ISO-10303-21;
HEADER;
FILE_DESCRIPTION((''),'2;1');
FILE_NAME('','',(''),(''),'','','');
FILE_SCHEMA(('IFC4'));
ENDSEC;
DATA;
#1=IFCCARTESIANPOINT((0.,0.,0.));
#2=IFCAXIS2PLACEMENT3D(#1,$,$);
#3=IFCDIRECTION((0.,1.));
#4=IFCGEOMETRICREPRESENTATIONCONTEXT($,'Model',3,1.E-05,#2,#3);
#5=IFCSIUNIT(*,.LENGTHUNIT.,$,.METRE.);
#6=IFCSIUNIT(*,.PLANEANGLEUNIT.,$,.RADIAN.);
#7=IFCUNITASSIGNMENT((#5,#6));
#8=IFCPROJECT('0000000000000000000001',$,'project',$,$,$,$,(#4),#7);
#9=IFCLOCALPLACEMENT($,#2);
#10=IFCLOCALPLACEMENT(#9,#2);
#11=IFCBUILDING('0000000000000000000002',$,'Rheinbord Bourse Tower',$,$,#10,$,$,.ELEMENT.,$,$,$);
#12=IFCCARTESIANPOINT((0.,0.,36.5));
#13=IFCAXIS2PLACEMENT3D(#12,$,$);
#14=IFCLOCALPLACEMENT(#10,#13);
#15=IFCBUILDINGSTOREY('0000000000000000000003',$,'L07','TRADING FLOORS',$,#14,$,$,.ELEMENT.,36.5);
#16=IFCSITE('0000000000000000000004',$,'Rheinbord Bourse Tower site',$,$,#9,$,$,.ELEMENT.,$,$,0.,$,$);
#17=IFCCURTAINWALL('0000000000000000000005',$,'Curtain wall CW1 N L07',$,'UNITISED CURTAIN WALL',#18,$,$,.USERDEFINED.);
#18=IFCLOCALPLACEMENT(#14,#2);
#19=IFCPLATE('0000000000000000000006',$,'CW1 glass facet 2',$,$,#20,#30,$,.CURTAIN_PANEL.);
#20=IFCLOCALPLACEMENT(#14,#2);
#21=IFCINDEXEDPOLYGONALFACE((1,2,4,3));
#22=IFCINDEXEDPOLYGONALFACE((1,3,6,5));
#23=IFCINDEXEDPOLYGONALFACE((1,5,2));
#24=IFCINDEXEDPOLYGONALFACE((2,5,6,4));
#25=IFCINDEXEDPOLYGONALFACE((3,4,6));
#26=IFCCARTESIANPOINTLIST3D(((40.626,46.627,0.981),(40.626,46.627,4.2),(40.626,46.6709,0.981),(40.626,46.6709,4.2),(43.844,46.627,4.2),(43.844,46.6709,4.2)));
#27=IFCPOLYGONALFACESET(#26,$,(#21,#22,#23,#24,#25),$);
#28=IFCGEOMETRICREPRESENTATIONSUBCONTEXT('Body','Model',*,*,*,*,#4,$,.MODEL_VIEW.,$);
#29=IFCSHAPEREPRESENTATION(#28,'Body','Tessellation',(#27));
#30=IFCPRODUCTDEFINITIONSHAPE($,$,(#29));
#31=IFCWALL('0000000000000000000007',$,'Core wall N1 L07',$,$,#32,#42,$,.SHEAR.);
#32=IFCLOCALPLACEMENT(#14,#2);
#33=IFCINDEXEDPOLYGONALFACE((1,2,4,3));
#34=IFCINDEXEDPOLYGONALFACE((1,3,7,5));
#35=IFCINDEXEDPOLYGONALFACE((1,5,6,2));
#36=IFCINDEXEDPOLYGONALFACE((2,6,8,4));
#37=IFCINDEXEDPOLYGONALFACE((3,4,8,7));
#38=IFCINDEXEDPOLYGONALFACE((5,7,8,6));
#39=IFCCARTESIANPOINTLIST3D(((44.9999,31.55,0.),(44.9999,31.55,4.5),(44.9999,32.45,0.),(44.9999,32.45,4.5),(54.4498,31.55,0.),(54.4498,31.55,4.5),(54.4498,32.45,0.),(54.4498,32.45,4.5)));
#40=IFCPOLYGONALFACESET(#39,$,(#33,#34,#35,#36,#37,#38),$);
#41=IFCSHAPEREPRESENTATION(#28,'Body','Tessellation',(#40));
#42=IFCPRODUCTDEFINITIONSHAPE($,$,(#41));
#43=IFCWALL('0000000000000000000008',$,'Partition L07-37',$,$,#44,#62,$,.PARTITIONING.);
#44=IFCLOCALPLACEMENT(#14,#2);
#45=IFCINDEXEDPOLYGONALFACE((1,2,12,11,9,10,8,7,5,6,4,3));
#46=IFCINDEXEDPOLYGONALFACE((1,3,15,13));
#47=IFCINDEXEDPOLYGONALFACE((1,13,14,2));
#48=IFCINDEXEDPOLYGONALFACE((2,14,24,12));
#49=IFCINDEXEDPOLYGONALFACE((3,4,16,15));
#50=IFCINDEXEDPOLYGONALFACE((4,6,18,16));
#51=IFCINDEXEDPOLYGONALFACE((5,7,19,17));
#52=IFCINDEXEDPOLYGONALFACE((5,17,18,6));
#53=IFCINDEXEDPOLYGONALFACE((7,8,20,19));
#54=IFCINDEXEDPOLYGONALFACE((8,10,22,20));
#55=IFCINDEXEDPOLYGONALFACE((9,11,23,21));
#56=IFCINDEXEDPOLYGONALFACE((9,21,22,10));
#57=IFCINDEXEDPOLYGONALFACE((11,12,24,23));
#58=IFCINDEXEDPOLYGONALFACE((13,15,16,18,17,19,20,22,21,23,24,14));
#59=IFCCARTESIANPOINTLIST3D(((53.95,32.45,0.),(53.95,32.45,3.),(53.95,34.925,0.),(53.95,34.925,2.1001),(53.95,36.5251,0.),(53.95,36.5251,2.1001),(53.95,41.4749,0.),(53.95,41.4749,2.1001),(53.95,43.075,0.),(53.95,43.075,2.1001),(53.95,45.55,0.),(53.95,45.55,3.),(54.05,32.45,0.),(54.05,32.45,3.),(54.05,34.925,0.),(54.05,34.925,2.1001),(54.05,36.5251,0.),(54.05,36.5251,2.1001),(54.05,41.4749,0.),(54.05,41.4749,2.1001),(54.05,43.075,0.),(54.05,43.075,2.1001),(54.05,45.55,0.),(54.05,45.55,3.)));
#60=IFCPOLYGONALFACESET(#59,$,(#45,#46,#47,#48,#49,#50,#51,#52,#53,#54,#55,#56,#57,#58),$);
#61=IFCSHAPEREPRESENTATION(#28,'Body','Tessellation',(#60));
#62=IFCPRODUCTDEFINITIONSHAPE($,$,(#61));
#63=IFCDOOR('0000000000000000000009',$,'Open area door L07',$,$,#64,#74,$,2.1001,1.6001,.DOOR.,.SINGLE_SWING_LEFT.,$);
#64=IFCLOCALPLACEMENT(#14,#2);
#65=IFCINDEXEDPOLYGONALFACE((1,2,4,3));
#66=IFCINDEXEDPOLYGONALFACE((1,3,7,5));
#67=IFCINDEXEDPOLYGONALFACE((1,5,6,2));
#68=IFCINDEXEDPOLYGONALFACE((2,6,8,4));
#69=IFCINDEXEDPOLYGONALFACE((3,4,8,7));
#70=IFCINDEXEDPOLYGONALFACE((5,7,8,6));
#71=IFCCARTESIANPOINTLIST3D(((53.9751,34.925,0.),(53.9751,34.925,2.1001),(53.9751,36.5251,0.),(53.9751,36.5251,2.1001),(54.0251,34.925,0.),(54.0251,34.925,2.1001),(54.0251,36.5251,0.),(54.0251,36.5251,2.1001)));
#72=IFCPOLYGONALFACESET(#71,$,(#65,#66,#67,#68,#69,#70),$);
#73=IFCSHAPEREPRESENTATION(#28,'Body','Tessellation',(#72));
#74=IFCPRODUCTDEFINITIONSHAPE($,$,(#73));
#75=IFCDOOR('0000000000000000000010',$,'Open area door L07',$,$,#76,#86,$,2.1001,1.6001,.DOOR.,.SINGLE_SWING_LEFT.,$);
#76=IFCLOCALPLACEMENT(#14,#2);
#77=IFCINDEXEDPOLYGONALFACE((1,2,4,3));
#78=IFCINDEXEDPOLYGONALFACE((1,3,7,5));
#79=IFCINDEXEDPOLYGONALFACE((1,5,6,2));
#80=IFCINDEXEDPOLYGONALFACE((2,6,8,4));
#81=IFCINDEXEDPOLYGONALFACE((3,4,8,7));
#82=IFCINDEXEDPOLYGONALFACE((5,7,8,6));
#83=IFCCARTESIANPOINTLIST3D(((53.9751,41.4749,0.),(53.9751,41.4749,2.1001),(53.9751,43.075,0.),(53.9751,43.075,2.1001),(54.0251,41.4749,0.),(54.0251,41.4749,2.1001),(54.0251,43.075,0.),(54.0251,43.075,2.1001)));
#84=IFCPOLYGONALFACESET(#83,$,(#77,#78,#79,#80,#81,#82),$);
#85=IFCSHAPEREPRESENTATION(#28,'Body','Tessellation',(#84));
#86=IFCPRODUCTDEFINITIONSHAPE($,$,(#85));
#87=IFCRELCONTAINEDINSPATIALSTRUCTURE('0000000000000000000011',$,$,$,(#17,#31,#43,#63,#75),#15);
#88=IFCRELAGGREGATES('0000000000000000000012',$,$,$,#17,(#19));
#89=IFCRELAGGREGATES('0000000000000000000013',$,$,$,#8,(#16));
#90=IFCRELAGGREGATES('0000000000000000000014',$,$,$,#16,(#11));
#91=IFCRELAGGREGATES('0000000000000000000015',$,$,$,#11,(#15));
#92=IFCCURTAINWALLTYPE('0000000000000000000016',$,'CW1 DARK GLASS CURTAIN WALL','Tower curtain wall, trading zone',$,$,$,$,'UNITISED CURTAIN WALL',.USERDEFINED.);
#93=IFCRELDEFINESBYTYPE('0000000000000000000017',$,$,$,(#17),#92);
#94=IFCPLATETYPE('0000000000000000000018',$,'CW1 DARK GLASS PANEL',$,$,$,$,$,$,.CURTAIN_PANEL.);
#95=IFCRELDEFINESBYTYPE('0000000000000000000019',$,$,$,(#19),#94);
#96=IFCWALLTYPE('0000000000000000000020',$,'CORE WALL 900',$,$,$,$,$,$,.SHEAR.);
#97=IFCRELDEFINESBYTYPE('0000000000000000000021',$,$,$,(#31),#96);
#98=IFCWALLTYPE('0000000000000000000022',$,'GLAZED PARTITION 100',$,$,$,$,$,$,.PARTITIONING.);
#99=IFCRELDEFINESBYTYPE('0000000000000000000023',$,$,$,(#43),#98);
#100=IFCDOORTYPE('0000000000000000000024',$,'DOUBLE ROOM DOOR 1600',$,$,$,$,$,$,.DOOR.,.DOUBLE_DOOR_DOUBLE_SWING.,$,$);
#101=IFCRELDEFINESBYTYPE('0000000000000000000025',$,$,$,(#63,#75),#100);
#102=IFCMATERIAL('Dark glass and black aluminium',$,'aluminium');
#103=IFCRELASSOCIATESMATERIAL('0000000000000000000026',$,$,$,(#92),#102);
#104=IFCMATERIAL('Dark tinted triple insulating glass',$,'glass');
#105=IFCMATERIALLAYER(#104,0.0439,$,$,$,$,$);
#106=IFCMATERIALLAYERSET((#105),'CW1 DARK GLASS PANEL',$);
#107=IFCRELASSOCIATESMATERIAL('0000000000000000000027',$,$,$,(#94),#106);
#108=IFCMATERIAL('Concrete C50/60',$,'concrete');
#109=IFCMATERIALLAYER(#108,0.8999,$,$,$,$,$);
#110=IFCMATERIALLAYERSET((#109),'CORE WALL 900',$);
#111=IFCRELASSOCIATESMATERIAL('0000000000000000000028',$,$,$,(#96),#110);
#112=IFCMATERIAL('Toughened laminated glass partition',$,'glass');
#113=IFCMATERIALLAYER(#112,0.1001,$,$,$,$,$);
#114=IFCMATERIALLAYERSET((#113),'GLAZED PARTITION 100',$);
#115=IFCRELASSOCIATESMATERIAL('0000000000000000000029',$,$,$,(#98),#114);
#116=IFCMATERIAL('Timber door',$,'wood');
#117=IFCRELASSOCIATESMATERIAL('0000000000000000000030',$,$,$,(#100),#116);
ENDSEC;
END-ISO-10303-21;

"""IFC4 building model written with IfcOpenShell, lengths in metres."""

from ifc_helpers import new_model, si_unit, direction, frame, frame_2d, origin, place, context, subcontext, project, spatial, polyline, rectangle, outline, extrude, material, layer, layer_set, type_object, element, fill, aggregate, save


model = new_model("IFC4")

# Units and contexts
model_context = context("Model", 3, precision=1e-05, world=origin(), true_north=direction((0.0, 1.0)))
body_context = subcontext(model_context, "Body", "Model", "MODEL_VIEW")
ifc_project = project(units=[si_unit("LENGTHUNIT", "METRE"), si_unit("PLANEANGLEUNIT", "RADIAN")], contexts=[model_context])

# Site, building, storey
site_placement = place(None, origin())
site = spatial("IfcSite", under=ifc_project, at=site_placement, Name="Rheinbord Bourse Tower site", CompositionType="ELEMENT", RefElevation=0.0)
building_placement = place(site_placement, origin())
building = spatial("IfcBuilding", under=site, at=building_placement, Name="Rheinbord Bourse Tower", CompositionType="ELEMENT")
storey_placement = place(building_placement, frame((0.0, 0.0, 36.5)))
storey = spatial("IfcBuildingStorey", under=building, at=storey_placement, Name="L07", Description="TRADING FLOORS", CompositionType="ELEMENT", Elevation=36.5)

# Curtain wall
ifc_material_1 = material(Name="Dark glass and black aluminium", Category="aluminium")
curtain_wall_type = type_object("IfcCurtainWallType", Name="CW1 DARK GLASS CURTAIN WALL", Description="Tower curtain wall, trading zone", ElementType="UNITISED CURTAIN WALL", PredefinedType="USERDEFINED", material=ifc_material_1)
curtain_wall_placement = place(storey_placement, origin())
curtain_wall = element("IfcCurtainWall", 1, at=curtain_wall_placement, inside=storey, type_object=curtain_wall_type, Name="Curtain wall CW1 N L07", ObjectType="UNITISED CURTAIN WALL", PredefinedType="USERDEFINED")

# Plate
ifc_material_2 = material(Name="Dark tinted triple insulating glass", Category="glass")
ifc_layer_1 = layer(ifc_material_2, 0.0439)
ifc_layer_set_1 = layer_set([ifc_layer_1], Name="CW1 DARK GLASS PANEL")
plate_type = type_object("IfcPlateType", Name="CW1 DARK GLASS PANEL", PredefinedType="CURTAIN_PANEL", material=ifc_layer_set_1)
plate_1_placement = place(storey_placement, frame((40.626, 46.6709, 4.2), z_axis=(0.0, -1.0, 0.0), x_axis=(0.0, 0.0, -1.0)))
plate_1 = element("IfcPlate", 2, at=plate_1_placement, type_object=plate_type, Name="CW1 glass facet 2", PredefinedType="CURTAIN_PANEL", context=body_context, shape_type="SweptSolid", body=[
    extrude(outline(polyline([(0.0, 0.0), (3.219, 0.0), (0.0, 3.218), (0.0, 0.0)])), origin(), (0.0, 0.0, 1.0), 0.0439),
])
aggregate(curtain_wall, [plate_1])

# Wall
ifc_material_3 = material(Name="Concrete C50/60", Category="concrete")
ifc_layer_2 = layer(ifc_material_3, 0.8999)
ifc_layer_set_2 = layer_set([ifc_layer_2], Name="CORE WALL 900")
wall_type_1 = type_object("IfcWallType", Name="CORE WALL 900", PredefinedType="SHEAR", material=ifc_layer_set_2)
wall_1_placement = place(storey_placement, frame((54.45, 32.0, 0.0), z_axis=(0.0, 0.0, 1.0), x_axis=(-1.0, 0.0, 0.0)))
element("IfcWall", 3, at=wall_1_placement, inside=storey, type_object=wall_type_1, Name="Core wall N1 L07", PredefinedType="SHEAR", context=body_context, shape_type="SweptSolid", body=[
    extrude(rectangle(XDim=9.45, YDim=0.8999, at=frame_2d((4.7251, 0.0))), origin(), (0.0, 0.0, 1.0), 4.5),
])

# Wall, openings, doors
ifc_material_4 = material(Name="Toughened laminated glass partition", Category="glass")
ifc_layer_3 = layer(ifc_material_4, 0.1001)
ifc_layer_set_3 = layer_set([ifc_layer_3], Name="GLAZED PARTITION 100")
wall_type_2 = type_object("IfcWallType", Name="GLAZED PARTITION 100", PredefinedType="PARTITIONING", material=ifc_layer_set_3)
wall_2_placement = place(storey_placement, frame((54.0, 32.45, 0.0), z_axis=(0.0, 0.0, 1.0), x_axis=(0.0, 1.0, 0.0)))
wall_2 = element("IfcWall", 4, at=wall_2_placement, inside=storey, type_object=wall_type_2, Name="Partition L07-37", PredefinedType="PARTITIONING", context=body_context, shape_type="SweptSolid", body=[
    extrude(rectangle(XDim=13.1001, YDim=0.1001, at=frame_2d((6.55, 0.0))), origin(), (0.0, 0.0, 1.0), 3.0),
])
opening_1_placement = place(wall_2_placement, frame((2.4751, 0.0, 0.0)))
opening_1 = element("IfcOpeningElement", 5, at=opening_1_placement, cuts=wall_2, PredefinedType="OPENING", context=body_context, shape_type="SweptSolid", body=[
    extrude(rectangle(XDim=1.6001, YDim=2.1001, at=frame_2d((0.8, 1.05))), frame((0.0, 0.0601, 0.0), z_axis=(0.0, -1.0, 0.0), x_axis=(1.0, 0.0, 0.0)), (0.0, 0.0, 1.0), 0.1201),
])
opening_2_placement = place(wall_2_placement, frame((9.0249, 0.0, 0.0)))
opening_2 = element("IfcOpeningElement", 6, at=opening_2_placement, cuts=wall_2, PredefinedType="OPENING", context=body_context, shape_type="SweptSolid", body=[
    extrude(rectangle(XDim=1.6001, YDim=2.1001, at=frame_2d((0.8, 1.05))), frame((0.0, 0.0601, 0.0), z_axis=(0.0, -1.0, 0.0), x_axis=(1.0, 0.0, 0.0)), (0.0, 0.0, 1.0), 0.1201),
])
ifc_material_5 = material(Name="Timber door", Category="wood")
door_type = type_object("IfcDoorType", Name="DOUBLE ROOM DOOR 1600", OperationType="DOUBLE_DOOR_DOUBLE_SWING", PredefinedType="DOOR", material=ifc_material_5)
door_1_placement = place(opening_1_placement, origin())
door_1 = element("IfcDoor", 7, at=door_1_placement, inside=storey, type_object=door_type, Name="Open area door L07", OperationType="SINGLE_SWING_LEFT", OverallHeight=2.1001, OverallWidth=1.6001, PredefinedType="DOOR", context=body_context, shape_type="SweptSolid", body=[
    extrude(rectangle(XDim=1.6001, YDim=2.1001, at=frame_2d((0.8, 1.05))), frame((0.0, 0.0249, 0.0), z_axis=(0.0, -1.0, 0.0), x_axis=(1.0, 0.0, 0.0)), (0.0, 0.0, 1.0), 0.05),
])
fill(opening_1, door_1)
door_2_placement = place(opening_2_placement, origin())
door_2 = element("IfcDoor", 8, at=door_2_placement, inside=storey, type_object=door_type, Name="Open area door L07", OperationType="SINGLE_SWING_LEFT", OverallHeight=2.1001, OverallWidth=1.6001, PredefinedType="DOOR", context=body_context, shape_type="SweptSolid", body=[
    extrude(rectangle(XDim=1.6001, YDim=2.1001, at=frame_2d((0.8, 1.05))), frame((0.0, 0.0249, 0.0), z_axis=(0.0, -1.0, 0.0), x_axis=(1.0, 0.0, 0.0)), (0.0, 0.0, 1.0), 0.05),
])
fill(opening_2, door_2)

save(model, "model.ifc")
